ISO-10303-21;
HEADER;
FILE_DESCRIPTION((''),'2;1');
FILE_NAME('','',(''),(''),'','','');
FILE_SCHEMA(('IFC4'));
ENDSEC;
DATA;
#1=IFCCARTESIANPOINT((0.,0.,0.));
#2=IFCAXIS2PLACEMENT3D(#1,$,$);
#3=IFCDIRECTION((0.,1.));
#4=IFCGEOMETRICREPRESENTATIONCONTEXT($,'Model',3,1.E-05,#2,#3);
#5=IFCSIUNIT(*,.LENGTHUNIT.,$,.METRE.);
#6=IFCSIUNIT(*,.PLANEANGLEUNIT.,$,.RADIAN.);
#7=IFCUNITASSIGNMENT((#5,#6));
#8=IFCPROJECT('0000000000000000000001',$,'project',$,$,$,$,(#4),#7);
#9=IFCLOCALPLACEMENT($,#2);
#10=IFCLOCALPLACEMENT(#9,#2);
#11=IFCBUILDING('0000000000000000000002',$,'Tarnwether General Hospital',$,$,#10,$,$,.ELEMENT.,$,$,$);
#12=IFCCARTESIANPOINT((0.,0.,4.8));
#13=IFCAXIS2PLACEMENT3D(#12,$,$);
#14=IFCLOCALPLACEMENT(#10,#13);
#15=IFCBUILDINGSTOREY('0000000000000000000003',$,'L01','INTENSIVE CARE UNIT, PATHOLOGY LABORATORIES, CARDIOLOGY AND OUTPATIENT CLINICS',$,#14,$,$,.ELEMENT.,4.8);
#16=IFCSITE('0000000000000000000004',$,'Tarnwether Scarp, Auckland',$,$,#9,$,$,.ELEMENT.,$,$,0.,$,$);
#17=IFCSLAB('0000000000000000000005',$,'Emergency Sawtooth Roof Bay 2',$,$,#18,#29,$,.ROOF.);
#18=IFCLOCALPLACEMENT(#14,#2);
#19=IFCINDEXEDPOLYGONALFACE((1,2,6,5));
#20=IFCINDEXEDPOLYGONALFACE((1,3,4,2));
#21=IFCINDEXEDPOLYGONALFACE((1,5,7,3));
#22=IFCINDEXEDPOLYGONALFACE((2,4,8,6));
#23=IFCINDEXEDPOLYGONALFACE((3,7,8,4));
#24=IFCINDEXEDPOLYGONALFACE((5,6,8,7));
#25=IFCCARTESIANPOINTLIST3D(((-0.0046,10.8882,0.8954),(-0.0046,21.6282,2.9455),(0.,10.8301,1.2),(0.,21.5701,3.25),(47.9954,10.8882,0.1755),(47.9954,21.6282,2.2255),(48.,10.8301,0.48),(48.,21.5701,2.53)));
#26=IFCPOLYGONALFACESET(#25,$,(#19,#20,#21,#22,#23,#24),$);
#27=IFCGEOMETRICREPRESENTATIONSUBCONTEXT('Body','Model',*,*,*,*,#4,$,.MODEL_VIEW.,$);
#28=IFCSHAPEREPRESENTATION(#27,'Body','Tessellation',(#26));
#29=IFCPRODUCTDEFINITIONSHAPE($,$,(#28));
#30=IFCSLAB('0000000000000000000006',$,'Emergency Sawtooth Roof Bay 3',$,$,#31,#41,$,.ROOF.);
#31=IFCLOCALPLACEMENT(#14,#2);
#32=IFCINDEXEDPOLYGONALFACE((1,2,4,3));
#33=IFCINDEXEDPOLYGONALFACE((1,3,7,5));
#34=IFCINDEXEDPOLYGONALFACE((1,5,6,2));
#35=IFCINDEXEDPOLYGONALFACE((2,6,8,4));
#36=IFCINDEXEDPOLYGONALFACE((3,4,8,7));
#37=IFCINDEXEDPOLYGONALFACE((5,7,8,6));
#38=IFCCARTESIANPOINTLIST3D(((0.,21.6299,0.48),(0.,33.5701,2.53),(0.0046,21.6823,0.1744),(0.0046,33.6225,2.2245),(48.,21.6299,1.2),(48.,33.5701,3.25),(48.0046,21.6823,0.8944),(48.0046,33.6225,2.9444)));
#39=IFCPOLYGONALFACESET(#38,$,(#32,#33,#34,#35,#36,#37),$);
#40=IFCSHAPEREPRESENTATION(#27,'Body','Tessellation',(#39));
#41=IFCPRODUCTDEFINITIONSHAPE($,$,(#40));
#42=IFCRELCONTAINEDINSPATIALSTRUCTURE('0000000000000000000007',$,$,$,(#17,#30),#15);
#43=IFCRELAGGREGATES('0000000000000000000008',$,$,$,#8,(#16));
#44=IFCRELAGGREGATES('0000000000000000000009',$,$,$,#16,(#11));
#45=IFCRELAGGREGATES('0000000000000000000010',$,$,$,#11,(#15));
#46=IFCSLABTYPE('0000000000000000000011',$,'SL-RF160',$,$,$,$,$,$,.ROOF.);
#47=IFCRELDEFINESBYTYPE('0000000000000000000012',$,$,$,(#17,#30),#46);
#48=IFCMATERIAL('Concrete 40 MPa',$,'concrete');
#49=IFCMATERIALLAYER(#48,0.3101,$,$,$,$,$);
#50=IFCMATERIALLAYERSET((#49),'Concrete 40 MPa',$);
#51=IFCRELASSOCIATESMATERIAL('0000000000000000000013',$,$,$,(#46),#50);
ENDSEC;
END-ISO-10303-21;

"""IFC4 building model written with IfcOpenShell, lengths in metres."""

from ifc_helpers import new_model, si_unit, direction, frame, origin, place, context, subcontext, project, spatial, polyline, outline, extrude, material, layer, layer_set, type_object, element, save


model = new_model("IFC4")

# Units and contexts
model_context = context("Model", 3, precision=1e-05, world=origin(), true_north=direction((0.0, 1.0)))
body_context = subcontext(model_context, "Body", "Model", "MODEL_VIEW")
ifc_project = project(units=[si_unit("LENGTHUNIT", "METRE"), si_unit("PLANEANGLEUNIT", "RADIAN")], contexts=[model_context])

# Site, building, storey
site_placement = place(None, origin())
site = spatial("IfcSite", under=ifc_project, at=site_placement, Name="Tarnwether Scarp, Auckland", CompositionType="ELEMENT", RefElevation=0.0)
building_placement = place(site_placement, origin())
building = spatial("IfcBuilding", under=site, at=building_placement, Name="Tarnwether General Hospital", CompositionType="ELEMENT")
storey_placement = place(building_placement, frame((0.0, 0.0, 4.8)))
storey = spatial("IfcBuildingStorey", under=building, at=storey_placement, Name="L01", Description="INTENSIVE CARE UNIT, PATHOLOGY LABORATORIES, CARDIOLOGY AND OUTPATIENT CLINICS", CompositionType="ELEMENT", Elevation=4.8)

# Slabs
ifc_material_1 = material(Name="Concrete 40 MPa", Category="concrete")
ifc_layer_1 = layer(ifc_material_1, 0.3101)
ifc_layer_set_1 = layer_set([ifc_layer_1], Name="Concrete 40 MPa")
slab_type = type_object("IfcSlabType", Name="SL-RF160", PredefinedType="ROOF", material=ifc_layer_set_1)
slab_1_placement = place(storey_placement, frame((0.0, 10.8301, 1.2), z_axis=(0.014732, -0.187474, 0.982159), x_axis=(0.999888, 0.0, -0.014998)))
element("IfcSlab", 1, at=slab_1_placement, inside=storey, type_object=slab_type, Name="Emergency Sawtooth Roof Bay 2", PredefinedType="ROOF", context=body_context, shape_type="SweptSolid", body=[
    extrude(outline(polyline([(0.0, 0.0), (48.0054, 0.0), (47.9747, 10.9339), (-0.0307, 10.9339), (0.0, 0.0)])), origin(), (0.0, 0.0, -1.0), 0.3101),
])
slab_2_placement = place(storey_placement, frame((0.0, 21.6299, 0.48), z_axis=(-0.014781, -0.169199, 0.985471), x_axis=(0.999888, 0.0, 0.014998)))
element("IfcSlab", 2, at=slab_2_placement, inside=storey, type_object=slab_type, Name="Emergency Sawtooth Roof Bay 3", PredefinedType="ROOF", context=body_context, shape_type="SweptSolid", body=[
    extrude(outline(polyline([(0.0, 0.0), (48.0054, 0.0), (48.0361, 12.1149), (0.0307, 12.1149), (0.0, 0.0)])), origin(), (0.0, 0.0, -1.0), 0.3101),
])

save(model, "model.ifc")
